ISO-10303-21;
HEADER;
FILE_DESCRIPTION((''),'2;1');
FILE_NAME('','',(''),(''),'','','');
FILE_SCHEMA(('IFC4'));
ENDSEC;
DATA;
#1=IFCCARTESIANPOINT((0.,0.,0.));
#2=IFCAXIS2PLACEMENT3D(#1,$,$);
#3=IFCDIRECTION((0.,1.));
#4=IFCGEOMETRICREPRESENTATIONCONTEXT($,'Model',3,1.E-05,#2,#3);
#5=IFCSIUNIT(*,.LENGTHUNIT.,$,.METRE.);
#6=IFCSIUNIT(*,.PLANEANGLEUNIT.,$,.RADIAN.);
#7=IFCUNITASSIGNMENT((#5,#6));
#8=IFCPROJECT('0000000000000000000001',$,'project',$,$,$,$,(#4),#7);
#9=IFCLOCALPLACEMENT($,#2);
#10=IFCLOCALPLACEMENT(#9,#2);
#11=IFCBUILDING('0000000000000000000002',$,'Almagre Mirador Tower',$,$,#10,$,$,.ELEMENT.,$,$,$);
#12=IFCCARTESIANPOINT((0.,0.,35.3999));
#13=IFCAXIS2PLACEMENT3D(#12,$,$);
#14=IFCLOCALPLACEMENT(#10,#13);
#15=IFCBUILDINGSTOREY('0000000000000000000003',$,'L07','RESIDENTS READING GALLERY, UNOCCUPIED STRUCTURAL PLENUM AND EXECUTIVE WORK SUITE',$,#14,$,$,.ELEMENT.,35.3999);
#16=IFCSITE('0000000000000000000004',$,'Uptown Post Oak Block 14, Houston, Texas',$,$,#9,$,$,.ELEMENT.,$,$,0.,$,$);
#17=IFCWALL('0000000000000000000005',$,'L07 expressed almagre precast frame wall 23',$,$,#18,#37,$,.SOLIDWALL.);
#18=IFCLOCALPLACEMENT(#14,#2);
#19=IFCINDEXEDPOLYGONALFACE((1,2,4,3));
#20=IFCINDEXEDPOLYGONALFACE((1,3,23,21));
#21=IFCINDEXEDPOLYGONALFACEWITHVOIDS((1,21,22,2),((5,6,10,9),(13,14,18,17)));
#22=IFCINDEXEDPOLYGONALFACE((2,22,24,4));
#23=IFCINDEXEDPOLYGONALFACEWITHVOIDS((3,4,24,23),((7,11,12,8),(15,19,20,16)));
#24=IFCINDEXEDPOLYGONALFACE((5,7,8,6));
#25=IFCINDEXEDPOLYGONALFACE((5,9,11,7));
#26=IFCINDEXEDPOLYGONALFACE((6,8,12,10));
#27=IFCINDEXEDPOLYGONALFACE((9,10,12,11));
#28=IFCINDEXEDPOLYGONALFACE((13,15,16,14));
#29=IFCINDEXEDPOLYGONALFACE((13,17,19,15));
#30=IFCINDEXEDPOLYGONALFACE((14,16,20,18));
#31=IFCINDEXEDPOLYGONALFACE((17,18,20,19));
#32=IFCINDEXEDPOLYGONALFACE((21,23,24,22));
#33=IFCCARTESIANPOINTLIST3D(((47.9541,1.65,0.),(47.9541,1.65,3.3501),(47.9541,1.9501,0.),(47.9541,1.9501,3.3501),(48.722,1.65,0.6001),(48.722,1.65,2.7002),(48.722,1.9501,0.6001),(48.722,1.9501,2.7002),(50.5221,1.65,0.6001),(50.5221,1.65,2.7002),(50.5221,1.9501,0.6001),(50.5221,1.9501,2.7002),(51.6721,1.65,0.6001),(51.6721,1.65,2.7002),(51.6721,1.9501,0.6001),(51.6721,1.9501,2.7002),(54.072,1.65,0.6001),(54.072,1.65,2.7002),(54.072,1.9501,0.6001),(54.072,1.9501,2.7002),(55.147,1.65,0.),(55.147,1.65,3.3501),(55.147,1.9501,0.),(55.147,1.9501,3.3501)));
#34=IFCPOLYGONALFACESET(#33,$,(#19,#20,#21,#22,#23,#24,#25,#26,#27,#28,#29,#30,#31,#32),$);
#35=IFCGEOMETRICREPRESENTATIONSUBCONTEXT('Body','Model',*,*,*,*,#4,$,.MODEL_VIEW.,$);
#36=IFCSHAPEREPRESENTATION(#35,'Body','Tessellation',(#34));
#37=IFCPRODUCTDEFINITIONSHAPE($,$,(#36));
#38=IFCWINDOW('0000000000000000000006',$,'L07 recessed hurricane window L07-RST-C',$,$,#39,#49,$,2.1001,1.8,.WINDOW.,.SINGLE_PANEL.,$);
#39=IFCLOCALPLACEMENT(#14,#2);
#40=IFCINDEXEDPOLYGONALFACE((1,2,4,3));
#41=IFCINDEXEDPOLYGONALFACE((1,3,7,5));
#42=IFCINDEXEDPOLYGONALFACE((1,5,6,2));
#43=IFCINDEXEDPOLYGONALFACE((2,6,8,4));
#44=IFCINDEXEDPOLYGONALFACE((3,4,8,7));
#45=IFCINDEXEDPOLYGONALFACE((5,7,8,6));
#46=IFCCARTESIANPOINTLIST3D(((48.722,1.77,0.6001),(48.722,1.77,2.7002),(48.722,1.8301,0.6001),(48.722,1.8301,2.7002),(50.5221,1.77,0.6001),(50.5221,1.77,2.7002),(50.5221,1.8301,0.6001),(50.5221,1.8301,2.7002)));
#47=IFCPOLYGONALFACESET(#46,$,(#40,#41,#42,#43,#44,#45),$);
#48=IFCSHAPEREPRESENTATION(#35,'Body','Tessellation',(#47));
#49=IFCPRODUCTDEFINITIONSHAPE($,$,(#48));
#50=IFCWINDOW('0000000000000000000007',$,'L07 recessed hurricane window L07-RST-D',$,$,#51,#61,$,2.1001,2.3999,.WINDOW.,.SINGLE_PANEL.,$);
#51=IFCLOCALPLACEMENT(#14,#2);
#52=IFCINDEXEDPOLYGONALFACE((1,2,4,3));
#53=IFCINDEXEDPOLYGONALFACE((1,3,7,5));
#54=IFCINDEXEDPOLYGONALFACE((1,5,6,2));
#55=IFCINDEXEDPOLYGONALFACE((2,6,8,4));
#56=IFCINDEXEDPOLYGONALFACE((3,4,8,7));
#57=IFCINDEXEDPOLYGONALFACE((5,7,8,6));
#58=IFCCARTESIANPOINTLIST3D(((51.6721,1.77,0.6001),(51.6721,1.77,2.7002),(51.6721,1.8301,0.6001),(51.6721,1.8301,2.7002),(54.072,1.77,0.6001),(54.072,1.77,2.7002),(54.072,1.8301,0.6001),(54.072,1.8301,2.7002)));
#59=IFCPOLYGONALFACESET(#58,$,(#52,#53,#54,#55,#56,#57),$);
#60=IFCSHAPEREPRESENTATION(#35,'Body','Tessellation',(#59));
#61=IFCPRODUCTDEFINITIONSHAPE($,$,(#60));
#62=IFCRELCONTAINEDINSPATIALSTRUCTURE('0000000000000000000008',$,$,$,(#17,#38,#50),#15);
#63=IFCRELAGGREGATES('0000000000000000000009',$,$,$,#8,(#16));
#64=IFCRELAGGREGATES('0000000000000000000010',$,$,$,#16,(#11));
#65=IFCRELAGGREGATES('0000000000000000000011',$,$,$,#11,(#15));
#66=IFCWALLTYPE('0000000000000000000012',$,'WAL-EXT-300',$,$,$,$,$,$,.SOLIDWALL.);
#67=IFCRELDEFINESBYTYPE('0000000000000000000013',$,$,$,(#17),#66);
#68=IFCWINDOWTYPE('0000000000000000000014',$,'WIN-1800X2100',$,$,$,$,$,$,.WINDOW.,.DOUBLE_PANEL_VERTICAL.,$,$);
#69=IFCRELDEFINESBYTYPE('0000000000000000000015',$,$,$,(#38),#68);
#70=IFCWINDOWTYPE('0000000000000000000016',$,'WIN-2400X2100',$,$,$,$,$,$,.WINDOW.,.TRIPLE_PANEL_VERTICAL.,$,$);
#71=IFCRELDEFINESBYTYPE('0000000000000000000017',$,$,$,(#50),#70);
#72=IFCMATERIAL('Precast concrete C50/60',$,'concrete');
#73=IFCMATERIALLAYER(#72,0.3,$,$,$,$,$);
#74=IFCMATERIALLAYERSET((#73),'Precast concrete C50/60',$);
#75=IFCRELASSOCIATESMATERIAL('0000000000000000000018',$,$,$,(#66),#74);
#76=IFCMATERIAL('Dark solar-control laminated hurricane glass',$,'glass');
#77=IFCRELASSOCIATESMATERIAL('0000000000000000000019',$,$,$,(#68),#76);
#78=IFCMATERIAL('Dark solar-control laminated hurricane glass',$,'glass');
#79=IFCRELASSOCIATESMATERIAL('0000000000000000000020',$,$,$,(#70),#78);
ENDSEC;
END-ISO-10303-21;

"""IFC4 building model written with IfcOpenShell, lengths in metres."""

from ifc_helpers import new_model, si_unit, direction, frame, frame_2d, origin, place, context, subcontext, project, spatial, rectangle, extrude, material, layer, layer_set, type_object, element, fill, save


model = new_model("IFC4")

# Units and contexts
model_context = context("Model", 3, precision=1e-05, world=origin(), true_north=direction((0.0, 1.0)))
body_context = subcontext(model_context, "Body", "Model", "MODEL_VIEW")
ifc_project = project(units=[si_unit("LENGTHUNIT", "METRE"), si_unit("PLANEANGLEUNIT", "RADIAN")], contexts=[model_context])

# Site, building, storey
site_placement = place(None, origin())
site = spatial("IfcSite", under=ifc_project, at=site_placement, Name="Uptown Post Oak Block 14, Houston, Texas", CompositionType="ELEMENT", RefElevation=0.0)
building_placement = place(site_placement, origin())
building = spatial("IfcBuilding", under=site, at=building_placement, Name="Almagre Mirador Tower", CompositionType="ELEMENT")
storey_placement = place(building_placement, frame((0.0, 0.0, 35.3999)))
storey = spatial("IfcBuildingStorey", under=building, at=storey_placement, Name="L07", Description="RESIDENTS READING GALLERY, UNOCCUPIED STRUCTURAL PLENUM AND EXECUTIVE WORK SUITE", CompositionType="ELEMENT", Elevation=35.3999)

# Shared definitions
ifc_material_1 = material(Name="Precast concrete C50/60", Category="concrete")
ifc_layer = layer(ifc_material_1, 0.3)
ifc_layer_set = layer_set([ifc_layer], Name="Precast concrete C50/60")
wall_type = type_object("IfcWallType", Name="WAL-EXT-300", PredefinedType="SOLIDWALL", material=ifc_layer_set)

# Wall, openings, windows
wall_1_placement = place(storey_placement, frame((55.147, 1.8, 0.0), z_axis=(0.0, 0.0, 1.0), x_axis=(-1.0, 0.0, 0.0)))
wall_1 = element("IfcWall", 1, at=wall_1_placement, inside=storey, type_object=wall_type, Name="L07 expressed almagre precast frame wall 23", PredefinedType="SOLIDWALL", context=body_context, shape_type="SweptSolid", body=[
    extrude(rectangle(XDim=7.1929, YDim=0.3, at=frame_2d((3.5964, 0.0))), origin(), (0.0, 0.0, 1.0), 3.3501),
])
opening_1_placement = place(wall_1_placement, frame((4.625, 0.0, 0.6001)))
opening_1 = element("IfcOpeningElement", 2, at=opening_1_placement, cuts=wall_1, PredefinedType="OPENING", context=body_context, shape_type="SweptSolid", body=[
    extrude(rectangle(XDim=1.8, YDim=2.1001, at=frame_2d((0.8999, 1.05))), frame((0.0, 0.1599, 0.0), z_axis=(0.0, -1.0, 0.0), x_axis=(1.0, 0.0, 0.0)), (0.0, 0.0, 1.0), 0.32),
])
opening_2_placement = place(wall_1_placement, frame((1.075, 0.0, 0.6001)))
opening_2 = element("IfcOpeningElement", 3, at=opening_2_placement, cuts=wall_1, PredefinedType="OPENING", context=body_context, shape_type="SweptSolid", body=[
    extrude(rectangle(XDim=2.3999, YDim=2.1001, at=frame_2d((1.2, 1.05))), frame((0.0, 0.1599, 0.0), z_axis=(0.0, -1.0, 0.0), x_axis=(1.0, 0.0, 0.0)), (0.0, 0.0, 1.0), 0.32),
])
ifc_material_2 = material(Name="Dark solar-control laminated hurricane glass", Category="glass")
window_type_1 = type_object("IfcWindowType", Name="WIN-1800X2100", PartitioningType="DOUBLE_PANEL_VERTICAL", PredefinedType="WINDOW", material=ifc_material_2)
window_1_placement = place(opening_1_placement, origin())
window_1 = element("IfcWindow", 4, at=window_1_placement, inside=storey, type_object=window_type_1, Name="L07 recessed hurricane window L07-RST-C", OverallHeight=2.1001, OverallWidth=1.8, PartitioningType="SINGLE_PANEL", PredefinedType="WINDOW", context=body_context, shape_type="SweptSolid", body=[
    extrude(rectangle(XDim=1.8, YDim=2.1001, at=frame_2d((0.8999, 1.05))), frame((0.0, 0.03, 0.0), z_axis=(0.0, -1.0, 0.0), x_axis=(1.0, 0.0, 0.0)), (0.0, 0.0, 1.0), 0.0601),
])
fill(opening_1, window_1)
ifc_material_3 = material(Name="Dark solar-control laminated hurricane glass", Category="glass")
window_type_2 = type_object("IfcWindowType", Name="WIN-2400X2100", PartitioningType="TRIPLE_PANEL_VERTICAL", PredefinedType="WINDOW", material=ifc_material_3)
window_2_placement = place(opening_2_placement, origin())
window_2 = element("IfcWindow", 5, at=window_2_placement, inside=storey, type_object=window_type_2, Name="L07 recessed hurricane window L07-RST-D", OverallHeight=2.1001, OverallWidth=2.3999, PartitioningType="SINGLE_PANEL", PredefinedType="WINDOW", context=body_context, shape_type="SweptSolid", body=[
    extrude(rectangle(XDim=2.3999, YDim=2.1001, at=frame_2d((1.2, 1.05))), frame((0.0, 0.03, 0.0), z_axis=(0.0, -1.0, 0.0), x_axis=(1.0, 0.0, 0.0)), (0.0, 0.0, 1.0), 0.0601),
])
fill(opening_2, window_2)

save(model, "model.ifc")
